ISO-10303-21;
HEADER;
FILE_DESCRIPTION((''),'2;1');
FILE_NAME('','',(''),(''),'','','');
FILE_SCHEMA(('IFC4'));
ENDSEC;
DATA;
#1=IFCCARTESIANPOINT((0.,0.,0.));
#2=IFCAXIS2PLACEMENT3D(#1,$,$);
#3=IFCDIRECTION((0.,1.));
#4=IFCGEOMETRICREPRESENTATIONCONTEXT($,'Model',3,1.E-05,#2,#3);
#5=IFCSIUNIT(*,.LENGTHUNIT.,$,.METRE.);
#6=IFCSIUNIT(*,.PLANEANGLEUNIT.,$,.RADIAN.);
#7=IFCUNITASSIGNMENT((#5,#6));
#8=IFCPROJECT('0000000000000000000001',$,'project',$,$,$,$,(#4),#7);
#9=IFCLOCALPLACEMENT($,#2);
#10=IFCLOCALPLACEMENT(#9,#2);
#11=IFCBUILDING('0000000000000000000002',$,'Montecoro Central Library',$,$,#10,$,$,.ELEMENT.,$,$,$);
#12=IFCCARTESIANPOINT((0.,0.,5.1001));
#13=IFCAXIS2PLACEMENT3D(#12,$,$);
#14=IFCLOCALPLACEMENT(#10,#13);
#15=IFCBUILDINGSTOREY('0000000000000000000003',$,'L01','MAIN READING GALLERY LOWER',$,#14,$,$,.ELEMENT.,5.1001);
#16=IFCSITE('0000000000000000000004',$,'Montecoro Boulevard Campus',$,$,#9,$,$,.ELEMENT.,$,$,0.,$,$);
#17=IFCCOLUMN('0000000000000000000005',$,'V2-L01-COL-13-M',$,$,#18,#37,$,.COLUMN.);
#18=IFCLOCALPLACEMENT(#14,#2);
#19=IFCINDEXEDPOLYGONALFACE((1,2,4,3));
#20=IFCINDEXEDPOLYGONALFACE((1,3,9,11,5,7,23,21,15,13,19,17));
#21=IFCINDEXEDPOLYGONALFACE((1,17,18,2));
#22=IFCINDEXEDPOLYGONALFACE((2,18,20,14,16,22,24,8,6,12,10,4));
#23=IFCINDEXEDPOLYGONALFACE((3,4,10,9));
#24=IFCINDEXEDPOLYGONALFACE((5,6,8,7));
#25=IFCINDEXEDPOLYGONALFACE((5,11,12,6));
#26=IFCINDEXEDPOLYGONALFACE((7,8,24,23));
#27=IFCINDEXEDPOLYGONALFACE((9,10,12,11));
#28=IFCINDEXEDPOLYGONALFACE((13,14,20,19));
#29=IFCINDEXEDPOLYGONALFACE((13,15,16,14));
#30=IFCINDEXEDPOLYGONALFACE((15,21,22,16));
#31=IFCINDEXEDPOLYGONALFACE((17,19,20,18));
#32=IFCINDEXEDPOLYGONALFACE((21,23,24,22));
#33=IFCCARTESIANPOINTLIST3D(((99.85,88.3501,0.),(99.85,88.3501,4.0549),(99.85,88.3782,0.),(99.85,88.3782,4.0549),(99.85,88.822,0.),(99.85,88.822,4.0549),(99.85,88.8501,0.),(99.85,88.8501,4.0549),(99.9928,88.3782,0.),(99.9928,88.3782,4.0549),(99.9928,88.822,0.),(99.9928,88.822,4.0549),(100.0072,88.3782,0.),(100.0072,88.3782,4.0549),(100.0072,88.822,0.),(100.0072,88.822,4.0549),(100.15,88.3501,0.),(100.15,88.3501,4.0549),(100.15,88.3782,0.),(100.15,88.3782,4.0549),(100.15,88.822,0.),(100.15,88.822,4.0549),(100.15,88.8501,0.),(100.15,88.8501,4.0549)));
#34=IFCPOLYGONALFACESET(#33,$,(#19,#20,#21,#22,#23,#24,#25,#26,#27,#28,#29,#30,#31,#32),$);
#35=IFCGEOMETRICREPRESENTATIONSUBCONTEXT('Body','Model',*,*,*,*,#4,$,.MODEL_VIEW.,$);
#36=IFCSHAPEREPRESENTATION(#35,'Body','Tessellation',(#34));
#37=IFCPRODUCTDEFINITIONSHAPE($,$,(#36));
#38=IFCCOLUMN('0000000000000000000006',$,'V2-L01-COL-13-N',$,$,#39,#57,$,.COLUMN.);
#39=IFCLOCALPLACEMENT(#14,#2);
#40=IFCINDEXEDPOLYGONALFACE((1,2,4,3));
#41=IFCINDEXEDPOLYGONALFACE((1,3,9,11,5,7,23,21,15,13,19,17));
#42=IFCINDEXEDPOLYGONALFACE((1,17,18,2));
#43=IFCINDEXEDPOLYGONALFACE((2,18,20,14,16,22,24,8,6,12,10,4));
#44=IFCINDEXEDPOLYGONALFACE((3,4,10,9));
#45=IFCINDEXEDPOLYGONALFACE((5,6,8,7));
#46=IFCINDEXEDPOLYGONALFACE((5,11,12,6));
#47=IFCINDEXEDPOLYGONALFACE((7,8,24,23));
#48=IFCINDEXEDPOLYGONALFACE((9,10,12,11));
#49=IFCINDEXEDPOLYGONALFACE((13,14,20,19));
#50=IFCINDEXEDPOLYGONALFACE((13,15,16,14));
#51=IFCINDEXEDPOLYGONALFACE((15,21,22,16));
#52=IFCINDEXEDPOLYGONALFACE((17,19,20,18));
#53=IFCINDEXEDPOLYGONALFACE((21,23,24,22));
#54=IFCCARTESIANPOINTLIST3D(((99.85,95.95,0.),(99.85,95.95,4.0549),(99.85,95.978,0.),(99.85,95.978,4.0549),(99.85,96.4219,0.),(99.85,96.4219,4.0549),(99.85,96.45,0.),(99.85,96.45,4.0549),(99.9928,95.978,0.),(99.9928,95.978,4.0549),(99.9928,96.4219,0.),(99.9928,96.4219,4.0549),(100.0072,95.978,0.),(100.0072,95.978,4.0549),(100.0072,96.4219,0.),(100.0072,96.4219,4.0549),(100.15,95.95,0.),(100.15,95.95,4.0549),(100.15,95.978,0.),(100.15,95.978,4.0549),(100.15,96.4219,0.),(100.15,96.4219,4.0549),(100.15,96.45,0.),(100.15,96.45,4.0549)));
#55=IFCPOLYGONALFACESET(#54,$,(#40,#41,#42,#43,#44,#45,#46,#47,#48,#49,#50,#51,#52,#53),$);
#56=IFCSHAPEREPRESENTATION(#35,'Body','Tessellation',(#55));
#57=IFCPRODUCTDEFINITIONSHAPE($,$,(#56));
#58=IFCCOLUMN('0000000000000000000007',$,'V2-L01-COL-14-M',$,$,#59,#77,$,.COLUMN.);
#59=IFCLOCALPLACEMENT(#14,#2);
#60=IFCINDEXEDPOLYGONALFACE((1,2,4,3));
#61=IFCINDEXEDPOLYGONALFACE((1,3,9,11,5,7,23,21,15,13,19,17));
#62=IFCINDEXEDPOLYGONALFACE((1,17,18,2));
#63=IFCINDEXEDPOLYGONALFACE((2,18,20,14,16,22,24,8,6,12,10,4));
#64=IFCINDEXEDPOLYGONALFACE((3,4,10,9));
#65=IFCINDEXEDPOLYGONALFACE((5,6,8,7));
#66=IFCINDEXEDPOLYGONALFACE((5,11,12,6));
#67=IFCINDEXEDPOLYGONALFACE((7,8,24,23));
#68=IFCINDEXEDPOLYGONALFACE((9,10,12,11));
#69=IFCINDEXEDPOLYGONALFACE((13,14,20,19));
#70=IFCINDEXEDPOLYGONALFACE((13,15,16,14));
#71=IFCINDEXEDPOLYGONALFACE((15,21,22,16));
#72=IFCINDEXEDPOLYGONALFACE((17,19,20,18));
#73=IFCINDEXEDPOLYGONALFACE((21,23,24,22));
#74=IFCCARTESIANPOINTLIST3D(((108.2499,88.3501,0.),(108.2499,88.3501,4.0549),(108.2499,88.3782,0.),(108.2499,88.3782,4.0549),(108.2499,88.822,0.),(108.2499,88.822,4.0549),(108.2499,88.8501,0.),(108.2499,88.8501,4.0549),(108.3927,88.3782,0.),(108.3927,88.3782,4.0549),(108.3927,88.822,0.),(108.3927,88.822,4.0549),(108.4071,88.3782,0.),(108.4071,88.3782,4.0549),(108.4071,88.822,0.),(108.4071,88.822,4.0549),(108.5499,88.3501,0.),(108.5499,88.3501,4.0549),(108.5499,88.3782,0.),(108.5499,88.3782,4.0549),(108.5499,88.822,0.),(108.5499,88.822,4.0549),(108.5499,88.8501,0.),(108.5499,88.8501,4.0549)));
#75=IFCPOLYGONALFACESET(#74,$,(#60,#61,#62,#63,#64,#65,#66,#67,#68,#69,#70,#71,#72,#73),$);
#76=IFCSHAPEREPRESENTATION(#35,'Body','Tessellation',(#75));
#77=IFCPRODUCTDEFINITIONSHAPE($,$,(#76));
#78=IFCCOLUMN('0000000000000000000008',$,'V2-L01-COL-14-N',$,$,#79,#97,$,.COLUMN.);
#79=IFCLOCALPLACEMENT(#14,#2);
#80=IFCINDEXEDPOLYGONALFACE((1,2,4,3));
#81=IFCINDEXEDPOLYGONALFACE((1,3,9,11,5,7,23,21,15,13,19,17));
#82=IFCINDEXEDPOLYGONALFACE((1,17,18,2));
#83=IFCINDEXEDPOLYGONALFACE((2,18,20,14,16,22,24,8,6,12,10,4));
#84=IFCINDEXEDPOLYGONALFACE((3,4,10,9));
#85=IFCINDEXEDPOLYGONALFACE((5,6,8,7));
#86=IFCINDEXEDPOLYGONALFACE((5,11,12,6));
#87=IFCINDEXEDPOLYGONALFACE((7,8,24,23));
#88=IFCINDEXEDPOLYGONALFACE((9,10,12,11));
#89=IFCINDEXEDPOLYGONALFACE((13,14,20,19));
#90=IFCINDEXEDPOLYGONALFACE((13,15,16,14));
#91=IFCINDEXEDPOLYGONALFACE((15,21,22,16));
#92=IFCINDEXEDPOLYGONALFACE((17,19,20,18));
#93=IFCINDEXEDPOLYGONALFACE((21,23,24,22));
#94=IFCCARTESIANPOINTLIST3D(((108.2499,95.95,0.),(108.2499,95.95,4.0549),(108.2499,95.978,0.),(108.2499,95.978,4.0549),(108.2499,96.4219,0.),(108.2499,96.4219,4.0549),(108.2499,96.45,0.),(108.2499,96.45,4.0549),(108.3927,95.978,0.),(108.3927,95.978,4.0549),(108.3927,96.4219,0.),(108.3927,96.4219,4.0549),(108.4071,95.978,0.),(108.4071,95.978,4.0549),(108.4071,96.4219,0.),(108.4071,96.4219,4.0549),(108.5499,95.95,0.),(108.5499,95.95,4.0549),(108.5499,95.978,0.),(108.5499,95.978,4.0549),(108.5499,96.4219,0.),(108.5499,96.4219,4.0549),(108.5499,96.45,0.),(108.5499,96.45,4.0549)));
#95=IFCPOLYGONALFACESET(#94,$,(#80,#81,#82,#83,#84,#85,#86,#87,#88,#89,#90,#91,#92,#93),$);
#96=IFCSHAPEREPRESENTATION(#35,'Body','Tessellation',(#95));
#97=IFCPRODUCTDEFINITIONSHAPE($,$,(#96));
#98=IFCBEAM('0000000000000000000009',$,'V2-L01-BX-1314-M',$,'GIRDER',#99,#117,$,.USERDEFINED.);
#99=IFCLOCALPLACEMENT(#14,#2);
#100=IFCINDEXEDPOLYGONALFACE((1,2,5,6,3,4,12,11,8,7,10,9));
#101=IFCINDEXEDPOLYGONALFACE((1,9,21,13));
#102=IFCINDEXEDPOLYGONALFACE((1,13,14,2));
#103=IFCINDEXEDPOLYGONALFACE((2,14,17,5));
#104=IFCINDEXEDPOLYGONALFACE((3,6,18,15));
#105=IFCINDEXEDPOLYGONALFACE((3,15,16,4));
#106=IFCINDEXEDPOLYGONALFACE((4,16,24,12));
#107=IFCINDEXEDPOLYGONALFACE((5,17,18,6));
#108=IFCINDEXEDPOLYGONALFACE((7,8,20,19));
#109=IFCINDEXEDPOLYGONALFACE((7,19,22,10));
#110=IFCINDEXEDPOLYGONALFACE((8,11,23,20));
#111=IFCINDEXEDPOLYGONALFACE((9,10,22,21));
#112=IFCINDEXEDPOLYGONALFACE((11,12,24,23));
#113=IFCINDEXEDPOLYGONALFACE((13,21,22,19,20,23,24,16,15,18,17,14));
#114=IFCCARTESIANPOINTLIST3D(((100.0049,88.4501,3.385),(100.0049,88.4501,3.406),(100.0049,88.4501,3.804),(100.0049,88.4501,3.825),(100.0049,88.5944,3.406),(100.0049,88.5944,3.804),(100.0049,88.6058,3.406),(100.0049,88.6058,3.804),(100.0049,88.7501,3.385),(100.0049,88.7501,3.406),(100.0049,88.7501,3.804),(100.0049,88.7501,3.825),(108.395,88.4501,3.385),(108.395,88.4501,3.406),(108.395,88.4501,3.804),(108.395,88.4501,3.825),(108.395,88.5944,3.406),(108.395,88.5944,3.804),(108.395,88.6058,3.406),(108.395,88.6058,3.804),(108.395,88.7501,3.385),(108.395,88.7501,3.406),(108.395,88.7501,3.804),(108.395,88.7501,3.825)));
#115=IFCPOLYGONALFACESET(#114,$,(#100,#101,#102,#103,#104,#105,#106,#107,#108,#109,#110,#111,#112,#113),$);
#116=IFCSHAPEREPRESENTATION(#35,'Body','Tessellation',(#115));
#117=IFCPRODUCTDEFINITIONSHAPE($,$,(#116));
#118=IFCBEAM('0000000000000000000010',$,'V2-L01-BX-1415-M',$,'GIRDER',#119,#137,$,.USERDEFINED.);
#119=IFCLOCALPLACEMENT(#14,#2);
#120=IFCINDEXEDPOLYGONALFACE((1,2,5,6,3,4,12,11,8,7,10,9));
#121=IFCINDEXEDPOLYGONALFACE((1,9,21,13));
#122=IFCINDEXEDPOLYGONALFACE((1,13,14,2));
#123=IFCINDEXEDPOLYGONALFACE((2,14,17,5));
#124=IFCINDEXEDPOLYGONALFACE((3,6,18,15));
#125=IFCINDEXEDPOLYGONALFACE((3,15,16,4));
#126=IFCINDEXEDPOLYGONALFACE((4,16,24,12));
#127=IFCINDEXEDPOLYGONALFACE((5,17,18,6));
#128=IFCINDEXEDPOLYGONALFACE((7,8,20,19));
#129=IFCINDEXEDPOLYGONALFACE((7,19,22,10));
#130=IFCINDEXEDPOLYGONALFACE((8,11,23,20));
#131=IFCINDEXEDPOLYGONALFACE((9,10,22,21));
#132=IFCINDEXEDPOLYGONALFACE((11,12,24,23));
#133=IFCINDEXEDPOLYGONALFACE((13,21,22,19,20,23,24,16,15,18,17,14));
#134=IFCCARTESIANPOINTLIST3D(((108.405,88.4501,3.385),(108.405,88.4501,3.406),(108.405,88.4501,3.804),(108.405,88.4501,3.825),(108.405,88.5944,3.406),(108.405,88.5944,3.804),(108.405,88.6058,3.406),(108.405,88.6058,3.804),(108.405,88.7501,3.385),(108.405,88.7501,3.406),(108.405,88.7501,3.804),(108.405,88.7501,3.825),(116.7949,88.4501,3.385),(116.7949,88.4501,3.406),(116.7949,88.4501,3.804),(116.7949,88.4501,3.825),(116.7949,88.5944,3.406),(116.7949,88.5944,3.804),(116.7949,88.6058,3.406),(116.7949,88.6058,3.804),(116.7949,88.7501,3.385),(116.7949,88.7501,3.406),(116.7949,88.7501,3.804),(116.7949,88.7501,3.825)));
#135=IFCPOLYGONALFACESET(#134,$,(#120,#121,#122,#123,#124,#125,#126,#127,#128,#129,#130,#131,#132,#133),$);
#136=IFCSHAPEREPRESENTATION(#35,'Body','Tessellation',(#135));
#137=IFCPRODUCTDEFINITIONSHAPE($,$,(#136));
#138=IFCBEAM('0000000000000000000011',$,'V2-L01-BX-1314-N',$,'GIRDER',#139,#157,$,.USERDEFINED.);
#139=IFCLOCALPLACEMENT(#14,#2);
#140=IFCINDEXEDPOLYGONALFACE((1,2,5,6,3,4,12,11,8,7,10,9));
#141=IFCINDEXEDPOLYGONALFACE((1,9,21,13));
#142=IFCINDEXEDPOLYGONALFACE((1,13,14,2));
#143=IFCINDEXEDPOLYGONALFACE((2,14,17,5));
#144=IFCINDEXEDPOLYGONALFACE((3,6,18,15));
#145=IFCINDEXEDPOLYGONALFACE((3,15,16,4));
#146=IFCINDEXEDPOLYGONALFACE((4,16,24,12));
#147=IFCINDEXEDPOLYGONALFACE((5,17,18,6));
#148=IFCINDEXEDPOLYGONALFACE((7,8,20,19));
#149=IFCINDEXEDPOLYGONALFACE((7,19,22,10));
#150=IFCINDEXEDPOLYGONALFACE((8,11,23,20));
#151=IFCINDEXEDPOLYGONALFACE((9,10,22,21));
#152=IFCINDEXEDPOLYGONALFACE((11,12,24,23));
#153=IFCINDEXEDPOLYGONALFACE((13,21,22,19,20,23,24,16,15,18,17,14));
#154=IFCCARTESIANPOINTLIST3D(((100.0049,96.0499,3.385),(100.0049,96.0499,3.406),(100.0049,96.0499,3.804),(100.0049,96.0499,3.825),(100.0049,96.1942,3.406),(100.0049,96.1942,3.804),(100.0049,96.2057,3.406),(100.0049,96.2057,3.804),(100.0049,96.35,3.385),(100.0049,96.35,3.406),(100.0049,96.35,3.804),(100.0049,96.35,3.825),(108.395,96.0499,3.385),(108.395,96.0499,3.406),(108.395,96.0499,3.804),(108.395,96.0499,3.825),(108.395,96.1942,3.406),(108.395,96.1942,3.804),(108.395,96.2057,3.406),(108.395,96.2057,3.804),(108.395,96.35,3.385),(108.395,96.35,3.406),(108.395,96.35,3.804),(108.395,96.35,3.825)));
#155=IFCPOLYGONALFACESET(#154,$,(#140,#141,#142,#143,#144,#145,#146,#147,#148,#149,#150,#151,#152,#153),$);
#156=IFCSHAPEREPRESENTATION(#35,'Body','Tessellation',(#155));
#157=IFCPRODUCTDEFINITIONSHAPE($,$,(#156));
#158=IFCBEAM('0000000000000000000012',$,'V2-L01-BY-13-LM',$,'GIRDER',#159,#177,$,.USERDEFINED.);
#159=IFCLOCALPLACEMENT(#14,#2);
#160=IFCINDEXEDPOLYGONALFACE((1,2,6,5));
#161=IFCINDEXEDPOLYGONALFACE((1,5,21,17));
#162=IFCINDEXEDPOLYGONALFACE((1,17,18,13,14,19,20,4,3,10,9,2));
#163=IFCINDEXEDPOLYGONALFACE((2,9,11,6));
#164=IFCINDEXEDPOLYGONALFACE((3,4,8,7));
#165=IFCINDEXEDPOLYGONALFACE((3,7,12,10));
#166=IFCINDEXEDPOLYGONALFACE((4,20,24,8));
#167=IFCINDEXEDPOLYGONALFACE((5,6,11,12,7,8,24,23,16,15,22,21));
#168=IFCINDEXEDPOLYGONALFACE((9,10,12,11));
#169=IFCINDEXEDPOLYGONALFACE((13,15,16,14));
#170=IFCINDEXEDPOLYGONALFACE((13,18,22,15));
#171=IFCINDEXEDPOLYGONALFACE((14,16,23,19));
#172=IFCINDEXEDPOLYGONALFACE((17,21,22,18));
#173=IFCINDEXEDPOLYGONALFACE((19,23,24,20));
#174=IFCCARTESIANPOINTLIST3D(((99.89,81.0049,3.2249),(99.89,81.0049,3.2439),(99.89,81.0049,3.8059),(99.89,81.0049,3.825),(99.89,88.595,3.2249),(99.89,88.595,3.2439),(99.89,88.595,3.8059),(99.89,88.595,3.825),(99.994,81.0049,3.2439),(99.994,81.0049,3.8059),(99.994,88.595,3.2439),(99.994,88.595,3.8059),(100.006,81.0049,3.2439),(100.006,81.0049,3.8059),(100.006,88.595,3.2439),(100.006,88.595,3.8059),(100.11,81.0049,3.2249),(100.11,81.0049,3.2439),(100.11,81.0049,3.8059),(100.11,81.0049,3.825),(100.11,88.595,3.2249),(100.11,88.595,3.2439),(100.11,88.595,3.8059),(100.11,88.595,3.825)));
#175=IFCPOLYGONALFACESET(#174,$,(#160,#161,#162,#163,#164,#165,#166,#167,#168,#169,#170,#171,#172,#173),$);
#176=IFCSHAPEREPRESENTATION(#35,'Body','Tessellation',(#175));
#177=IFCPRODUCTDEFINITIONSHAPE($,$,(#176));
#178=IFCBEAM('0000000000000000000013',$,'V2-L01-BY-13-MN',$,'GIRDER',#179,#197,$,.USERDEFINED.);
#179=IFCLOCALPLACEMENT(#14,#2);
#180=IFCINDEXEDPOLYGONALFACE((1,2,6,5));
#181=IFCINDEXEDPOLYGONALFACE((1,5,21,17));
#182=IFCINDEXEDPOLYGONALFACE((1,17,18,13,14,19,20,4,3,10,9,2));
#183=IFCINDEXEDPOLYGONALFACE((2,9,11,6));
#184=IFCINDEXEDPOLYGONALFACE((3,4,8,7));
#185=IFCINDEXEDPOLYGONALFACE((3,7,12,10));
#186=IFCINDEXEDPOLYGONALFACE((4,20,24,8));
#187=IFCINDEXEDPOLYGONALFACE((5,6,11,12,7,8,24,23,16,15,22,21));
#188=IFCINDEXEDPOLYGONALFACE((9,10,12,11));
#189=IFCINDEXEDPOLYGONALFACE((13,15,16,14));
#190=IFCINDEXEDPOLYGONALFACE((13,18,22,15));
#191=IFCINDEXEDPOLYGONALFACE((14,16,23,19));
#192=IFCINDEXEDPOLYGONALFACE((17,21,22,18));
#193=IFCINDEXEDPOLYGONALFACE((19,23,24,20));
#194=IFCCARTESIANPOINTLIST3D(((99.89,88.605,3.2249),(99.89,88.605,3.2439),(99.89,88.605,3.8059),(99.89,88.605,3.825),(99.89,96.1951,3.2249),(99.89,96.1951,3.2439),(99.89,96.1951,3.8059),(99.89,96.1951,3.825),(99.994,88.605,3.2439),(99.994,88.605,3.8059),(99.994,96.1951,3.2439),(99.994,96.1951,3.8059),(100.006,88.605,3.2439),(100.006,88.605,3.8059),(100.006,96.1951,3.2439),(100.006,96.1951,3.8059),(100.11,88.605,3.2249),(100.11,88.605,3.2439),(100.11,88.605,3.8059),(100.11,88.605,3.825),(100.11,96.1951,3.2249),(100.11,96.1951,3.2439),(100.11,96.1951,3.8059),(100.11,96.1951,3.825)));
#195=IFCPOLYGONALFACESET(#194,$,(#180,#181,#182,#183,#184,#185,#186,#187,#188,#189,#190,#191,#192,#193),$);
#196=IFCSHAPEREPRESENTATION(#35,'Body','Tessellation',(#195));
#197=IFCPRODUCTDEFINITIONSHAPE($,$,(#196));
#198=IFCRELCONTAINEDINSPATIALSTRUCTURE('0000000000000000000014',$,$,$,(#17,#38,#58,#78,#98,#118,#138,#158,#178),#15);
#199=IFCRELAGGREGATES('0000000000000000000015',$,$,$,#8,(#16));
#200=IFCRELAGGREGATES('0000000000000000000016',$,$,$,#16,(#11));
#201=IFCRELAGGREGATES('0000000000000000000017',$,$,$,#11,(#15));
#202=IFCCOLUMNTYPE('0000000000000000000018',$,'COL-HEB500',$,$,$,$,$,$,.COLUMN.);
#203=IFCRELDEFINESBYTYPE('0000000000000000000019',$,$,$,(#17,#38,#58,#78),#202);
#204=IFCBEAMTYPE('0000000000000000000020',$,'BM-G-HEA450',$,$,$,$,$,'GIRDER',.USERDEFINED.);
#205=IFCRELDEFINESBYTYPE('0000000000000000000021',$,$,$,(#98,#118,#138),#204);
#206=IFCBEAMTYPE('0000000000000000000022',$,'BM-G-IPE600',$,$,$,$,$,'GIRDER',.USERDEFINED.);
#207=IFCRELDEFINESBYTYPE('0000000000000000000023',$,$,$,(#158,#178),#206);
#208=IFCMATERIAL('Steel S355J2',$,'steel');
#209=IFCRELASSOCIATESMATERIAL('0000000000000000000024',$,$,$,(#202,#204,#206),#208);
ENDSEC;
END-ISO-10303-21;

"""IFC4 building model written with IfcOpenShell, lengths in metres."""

from ifc_helpers import new_model, si_unit, direction, frame, origin, origin_2d, place, context, subcontext, project, spatial, i_section, extrude, material, material_profile, profile_set, type_object, element, save


model = new_model("IFC4")

# Units and contexts
model_context = context("Model", 3, precision=1e-05, world=origin(), true_north=direction((0.0, 1.0)))
body_context = subcontext(model_context, "Body", "Model", "MODEL_VIEW")
ifc_project = project(units=[si_unit("LENGTHUNIT", "METRE"), si_unit("PLANEANGLEUNIT", "RADIAN")], contexts=[model_context])

# Site, building, storey
site_placement = place(None, origin())
site = spatial("IfcSite", under=ifc_project, at=site_placement, Name="Montecoro Boulevard Campus", CompositionType="ELEMENT", RefElevation=0.0)
building_placement = place(site_placement, origin())
building = spatial("IfcBuilding", under=site, at=building_placement, Name="Montecoro Central Library", CompositionType="ELEMENT")
storey_placement = place(building_placement, frame((0.0, 0.0, 5.1001)))
storey = spatial("IfcBuildingStorey", under=building, at=storey_placement, Name="L01", Description="MAIN READING GALLERY LOWER", CompositionType="ELEMENT", Elevation=5.1001)

# Columns
ifc_material_1 = material(Name="Steel S355J2", Category="steel")
ifc_material_profile_1 = material_profile(ifc_material_1, i_section(OverallWidth=0.3, OverallDepth=0.5, WebThickness=0.0144, FlangeThickness=0.0281, at=origin_2d()), Name="HEB 500")
ifc_profile_set_1 = profile_set([ifc_material_profile_1], Name="Steel S355J2")
column_type = type_object("IfcColumnType", Name="COL-HEB500", PredefinedType="COLUMN", material=ifc_profile_set_1)
for number, where, z_axis, x_axis, name in (
    (1, (100.0, 88.6001, 0.0), (0.0, 0.0, 1.0), (1.0, 0.0, 0.0), "V2-L01-COL-13-M"),
    (2, (100.0, 96.2, 0.0), (0.0, 0.0, 1.0), (1.0, 0.0, 0.0), "V2-L01-COL-13-N"),
    (3, (108.3999, 88.6001, 0.0), (0.0, 0.0, 1.0), (1.0, 0.0, 0.0), "V2-L01-COL-14-M"),
    (4, (108.3999, 96.2, 0.0), (0.0, 0.0, 1.0), (1.0, 0.0, 0.0), "V2-L01-COL-14-N"),
):
    element("IfcColumn", number, at=place(storey_placement, frame(where, z_axis=z_axis, x_axis=x_axis)), inside=storey, type_object=column_type, Name=name, PredefinedType="COLUMN", context=body_context, shape_type="SweptSolid", body=[
        extrude(i_section(OverallWidth=0.3, OverallDepth=0.5, WebThickness=0.0144, FlangeThickness=0.0281, at=origin_2d()), origin(), (0.0, 0.0, 1.0), 4.0549),
    ])

# Beams
ifc_material_profile_2 = material_profile(ifc_material_1, i_section(OverallWidth=0.3, OverallDepth=0.4399, WebThickness=0.0115, FlangeThickness=0.021, at=origin_2d()), Name="HEA 450")
ifc_profile_set_2 = profile_set([ifc_material_profile_2], Name="Steel S355J2")
beam_type_1 = type_object("IfcBeamType", Name="BM-G-HEA450", ElementType="GIRDER", PredefinedType="USERDEFINED", material=ifc_profile_set_2)
beam_1_placement = place(storey_placement, frame((100.0049, 88.6001, 3.605), z_axis=(1.0, 0.0, 0.0), x_axis=(0.0, 1.0, 0.0)))
element("IfcBeam", 5, at=beam_1_placement, inside=storey, type_object=beam_type_1, Name="V2-L01-BX-1314-M", ObjectType="GIRDER", PredefinedType="USERDEFINED", context=body_context, shape_type="SweptSolid", body=[
    extrude(i_section(OverallWidth=0.3, OverallDepth=0.4399, WebThickness=0.0115, FlangeThickness=0.021, at=origin_2d()), origin(), (0.0, 0.0, 1.0), 8.3901),
])
beam_2_placement = place(storey_placement, frame((108.405, 88.6001, 3.605), z_axis=(1.0, 0.0, 0.0), x_axis=(0.0, 1.0, 0.0)))
element("IfcBeam", 6, at=beam_2_placement, inside=storey, type_object=beam_type_1, Name="V2-L01-BX-1415-M", ObjectType="GIRDER", PredefinedType="USERDEFINED", context=body_context, shape_type="SweptSolid", body=[
    extrude(i_section(OverallWidth=0.3, OverallDepth=0.4399, WebThickness=0.0115, FlangeThickness=0.021, at=origin_2d()), origin(), (0.0, 0.0, 1.0), 8.3899),
])
beam_3_placement = place(storey_placement, frame((100.0049, 96.2, 3.605), z_axis=(1.0, 0.0, 0.0), x_axis=(0.0, 1.0, 0.0)))
element("IfcBeam", 7, at=beam_3_placement, inside=storey, type_object=beam_type_1, Name="V2-L01-BX-1314-N", ObjectType="GIRDER", PredefinedType="USERDEFINED", context=body_context, shape_type="SweptSolid", body=[
    extrude(i_section(OverallWidth=0.3, OverallDepth=0.4399, WebThickness=0.0115, FlangeThickness=0.021, at=origin_2d()), origin(), (0.0, 0.0, 1.0), 8.3901),
])
ifc_material_profile_3 = material_profile(ifc_material_1, i_section(OverallWidth=0.22, OverallDepth=0.6001, WebThickness=0.012, FlangeThickness=0.019, at=origin_2d()), Name="IPE 600")
ifc_profile_set_3 = profile_set([ifc_material_profile_3], Name="Steel S355J2")
beam_type_2 = type_object("IfcBeamType", Name="BM-G-IPE600", ElementType="GIRDER", PredefinedType="USERDEFINED", material=ifc_profile_set_3)
for number, where, z_axis, x_axis, name in (
    (8, (100.0, 81.0049, 3.5249), (0.0, 1.0, 0.0), (-1.0, 0.0, 0.0), "V2-L01-BY-13-LM"),
    (9, (100.0, 88.605, 3.5249), (0.0, 1.0, 0.0), (-1.0, 0.0, 0.0), "V2-L01-BY-13-MN"),
):
    element("IfcBeam", number, at=place(storey_placement, frame(where, z_axis=z_axis, x_axis=x_axis)), inside=storey, type_object=beam_type_2, Name=name, ObjectType="GIRDER", PredefinedType="USERDEFINED", context=body_context, shape_type="SweptSolid", body=[
        extrude(i_section(OverallWidth=0.22, OverallDepth=0.6001, WebThickness=0.012, FlangeThickness=0.019, at=origin_2d()), origin(), (0.0, 0.0, 1.0), 7.5901),
    ])

save(model, "model.ifc")
